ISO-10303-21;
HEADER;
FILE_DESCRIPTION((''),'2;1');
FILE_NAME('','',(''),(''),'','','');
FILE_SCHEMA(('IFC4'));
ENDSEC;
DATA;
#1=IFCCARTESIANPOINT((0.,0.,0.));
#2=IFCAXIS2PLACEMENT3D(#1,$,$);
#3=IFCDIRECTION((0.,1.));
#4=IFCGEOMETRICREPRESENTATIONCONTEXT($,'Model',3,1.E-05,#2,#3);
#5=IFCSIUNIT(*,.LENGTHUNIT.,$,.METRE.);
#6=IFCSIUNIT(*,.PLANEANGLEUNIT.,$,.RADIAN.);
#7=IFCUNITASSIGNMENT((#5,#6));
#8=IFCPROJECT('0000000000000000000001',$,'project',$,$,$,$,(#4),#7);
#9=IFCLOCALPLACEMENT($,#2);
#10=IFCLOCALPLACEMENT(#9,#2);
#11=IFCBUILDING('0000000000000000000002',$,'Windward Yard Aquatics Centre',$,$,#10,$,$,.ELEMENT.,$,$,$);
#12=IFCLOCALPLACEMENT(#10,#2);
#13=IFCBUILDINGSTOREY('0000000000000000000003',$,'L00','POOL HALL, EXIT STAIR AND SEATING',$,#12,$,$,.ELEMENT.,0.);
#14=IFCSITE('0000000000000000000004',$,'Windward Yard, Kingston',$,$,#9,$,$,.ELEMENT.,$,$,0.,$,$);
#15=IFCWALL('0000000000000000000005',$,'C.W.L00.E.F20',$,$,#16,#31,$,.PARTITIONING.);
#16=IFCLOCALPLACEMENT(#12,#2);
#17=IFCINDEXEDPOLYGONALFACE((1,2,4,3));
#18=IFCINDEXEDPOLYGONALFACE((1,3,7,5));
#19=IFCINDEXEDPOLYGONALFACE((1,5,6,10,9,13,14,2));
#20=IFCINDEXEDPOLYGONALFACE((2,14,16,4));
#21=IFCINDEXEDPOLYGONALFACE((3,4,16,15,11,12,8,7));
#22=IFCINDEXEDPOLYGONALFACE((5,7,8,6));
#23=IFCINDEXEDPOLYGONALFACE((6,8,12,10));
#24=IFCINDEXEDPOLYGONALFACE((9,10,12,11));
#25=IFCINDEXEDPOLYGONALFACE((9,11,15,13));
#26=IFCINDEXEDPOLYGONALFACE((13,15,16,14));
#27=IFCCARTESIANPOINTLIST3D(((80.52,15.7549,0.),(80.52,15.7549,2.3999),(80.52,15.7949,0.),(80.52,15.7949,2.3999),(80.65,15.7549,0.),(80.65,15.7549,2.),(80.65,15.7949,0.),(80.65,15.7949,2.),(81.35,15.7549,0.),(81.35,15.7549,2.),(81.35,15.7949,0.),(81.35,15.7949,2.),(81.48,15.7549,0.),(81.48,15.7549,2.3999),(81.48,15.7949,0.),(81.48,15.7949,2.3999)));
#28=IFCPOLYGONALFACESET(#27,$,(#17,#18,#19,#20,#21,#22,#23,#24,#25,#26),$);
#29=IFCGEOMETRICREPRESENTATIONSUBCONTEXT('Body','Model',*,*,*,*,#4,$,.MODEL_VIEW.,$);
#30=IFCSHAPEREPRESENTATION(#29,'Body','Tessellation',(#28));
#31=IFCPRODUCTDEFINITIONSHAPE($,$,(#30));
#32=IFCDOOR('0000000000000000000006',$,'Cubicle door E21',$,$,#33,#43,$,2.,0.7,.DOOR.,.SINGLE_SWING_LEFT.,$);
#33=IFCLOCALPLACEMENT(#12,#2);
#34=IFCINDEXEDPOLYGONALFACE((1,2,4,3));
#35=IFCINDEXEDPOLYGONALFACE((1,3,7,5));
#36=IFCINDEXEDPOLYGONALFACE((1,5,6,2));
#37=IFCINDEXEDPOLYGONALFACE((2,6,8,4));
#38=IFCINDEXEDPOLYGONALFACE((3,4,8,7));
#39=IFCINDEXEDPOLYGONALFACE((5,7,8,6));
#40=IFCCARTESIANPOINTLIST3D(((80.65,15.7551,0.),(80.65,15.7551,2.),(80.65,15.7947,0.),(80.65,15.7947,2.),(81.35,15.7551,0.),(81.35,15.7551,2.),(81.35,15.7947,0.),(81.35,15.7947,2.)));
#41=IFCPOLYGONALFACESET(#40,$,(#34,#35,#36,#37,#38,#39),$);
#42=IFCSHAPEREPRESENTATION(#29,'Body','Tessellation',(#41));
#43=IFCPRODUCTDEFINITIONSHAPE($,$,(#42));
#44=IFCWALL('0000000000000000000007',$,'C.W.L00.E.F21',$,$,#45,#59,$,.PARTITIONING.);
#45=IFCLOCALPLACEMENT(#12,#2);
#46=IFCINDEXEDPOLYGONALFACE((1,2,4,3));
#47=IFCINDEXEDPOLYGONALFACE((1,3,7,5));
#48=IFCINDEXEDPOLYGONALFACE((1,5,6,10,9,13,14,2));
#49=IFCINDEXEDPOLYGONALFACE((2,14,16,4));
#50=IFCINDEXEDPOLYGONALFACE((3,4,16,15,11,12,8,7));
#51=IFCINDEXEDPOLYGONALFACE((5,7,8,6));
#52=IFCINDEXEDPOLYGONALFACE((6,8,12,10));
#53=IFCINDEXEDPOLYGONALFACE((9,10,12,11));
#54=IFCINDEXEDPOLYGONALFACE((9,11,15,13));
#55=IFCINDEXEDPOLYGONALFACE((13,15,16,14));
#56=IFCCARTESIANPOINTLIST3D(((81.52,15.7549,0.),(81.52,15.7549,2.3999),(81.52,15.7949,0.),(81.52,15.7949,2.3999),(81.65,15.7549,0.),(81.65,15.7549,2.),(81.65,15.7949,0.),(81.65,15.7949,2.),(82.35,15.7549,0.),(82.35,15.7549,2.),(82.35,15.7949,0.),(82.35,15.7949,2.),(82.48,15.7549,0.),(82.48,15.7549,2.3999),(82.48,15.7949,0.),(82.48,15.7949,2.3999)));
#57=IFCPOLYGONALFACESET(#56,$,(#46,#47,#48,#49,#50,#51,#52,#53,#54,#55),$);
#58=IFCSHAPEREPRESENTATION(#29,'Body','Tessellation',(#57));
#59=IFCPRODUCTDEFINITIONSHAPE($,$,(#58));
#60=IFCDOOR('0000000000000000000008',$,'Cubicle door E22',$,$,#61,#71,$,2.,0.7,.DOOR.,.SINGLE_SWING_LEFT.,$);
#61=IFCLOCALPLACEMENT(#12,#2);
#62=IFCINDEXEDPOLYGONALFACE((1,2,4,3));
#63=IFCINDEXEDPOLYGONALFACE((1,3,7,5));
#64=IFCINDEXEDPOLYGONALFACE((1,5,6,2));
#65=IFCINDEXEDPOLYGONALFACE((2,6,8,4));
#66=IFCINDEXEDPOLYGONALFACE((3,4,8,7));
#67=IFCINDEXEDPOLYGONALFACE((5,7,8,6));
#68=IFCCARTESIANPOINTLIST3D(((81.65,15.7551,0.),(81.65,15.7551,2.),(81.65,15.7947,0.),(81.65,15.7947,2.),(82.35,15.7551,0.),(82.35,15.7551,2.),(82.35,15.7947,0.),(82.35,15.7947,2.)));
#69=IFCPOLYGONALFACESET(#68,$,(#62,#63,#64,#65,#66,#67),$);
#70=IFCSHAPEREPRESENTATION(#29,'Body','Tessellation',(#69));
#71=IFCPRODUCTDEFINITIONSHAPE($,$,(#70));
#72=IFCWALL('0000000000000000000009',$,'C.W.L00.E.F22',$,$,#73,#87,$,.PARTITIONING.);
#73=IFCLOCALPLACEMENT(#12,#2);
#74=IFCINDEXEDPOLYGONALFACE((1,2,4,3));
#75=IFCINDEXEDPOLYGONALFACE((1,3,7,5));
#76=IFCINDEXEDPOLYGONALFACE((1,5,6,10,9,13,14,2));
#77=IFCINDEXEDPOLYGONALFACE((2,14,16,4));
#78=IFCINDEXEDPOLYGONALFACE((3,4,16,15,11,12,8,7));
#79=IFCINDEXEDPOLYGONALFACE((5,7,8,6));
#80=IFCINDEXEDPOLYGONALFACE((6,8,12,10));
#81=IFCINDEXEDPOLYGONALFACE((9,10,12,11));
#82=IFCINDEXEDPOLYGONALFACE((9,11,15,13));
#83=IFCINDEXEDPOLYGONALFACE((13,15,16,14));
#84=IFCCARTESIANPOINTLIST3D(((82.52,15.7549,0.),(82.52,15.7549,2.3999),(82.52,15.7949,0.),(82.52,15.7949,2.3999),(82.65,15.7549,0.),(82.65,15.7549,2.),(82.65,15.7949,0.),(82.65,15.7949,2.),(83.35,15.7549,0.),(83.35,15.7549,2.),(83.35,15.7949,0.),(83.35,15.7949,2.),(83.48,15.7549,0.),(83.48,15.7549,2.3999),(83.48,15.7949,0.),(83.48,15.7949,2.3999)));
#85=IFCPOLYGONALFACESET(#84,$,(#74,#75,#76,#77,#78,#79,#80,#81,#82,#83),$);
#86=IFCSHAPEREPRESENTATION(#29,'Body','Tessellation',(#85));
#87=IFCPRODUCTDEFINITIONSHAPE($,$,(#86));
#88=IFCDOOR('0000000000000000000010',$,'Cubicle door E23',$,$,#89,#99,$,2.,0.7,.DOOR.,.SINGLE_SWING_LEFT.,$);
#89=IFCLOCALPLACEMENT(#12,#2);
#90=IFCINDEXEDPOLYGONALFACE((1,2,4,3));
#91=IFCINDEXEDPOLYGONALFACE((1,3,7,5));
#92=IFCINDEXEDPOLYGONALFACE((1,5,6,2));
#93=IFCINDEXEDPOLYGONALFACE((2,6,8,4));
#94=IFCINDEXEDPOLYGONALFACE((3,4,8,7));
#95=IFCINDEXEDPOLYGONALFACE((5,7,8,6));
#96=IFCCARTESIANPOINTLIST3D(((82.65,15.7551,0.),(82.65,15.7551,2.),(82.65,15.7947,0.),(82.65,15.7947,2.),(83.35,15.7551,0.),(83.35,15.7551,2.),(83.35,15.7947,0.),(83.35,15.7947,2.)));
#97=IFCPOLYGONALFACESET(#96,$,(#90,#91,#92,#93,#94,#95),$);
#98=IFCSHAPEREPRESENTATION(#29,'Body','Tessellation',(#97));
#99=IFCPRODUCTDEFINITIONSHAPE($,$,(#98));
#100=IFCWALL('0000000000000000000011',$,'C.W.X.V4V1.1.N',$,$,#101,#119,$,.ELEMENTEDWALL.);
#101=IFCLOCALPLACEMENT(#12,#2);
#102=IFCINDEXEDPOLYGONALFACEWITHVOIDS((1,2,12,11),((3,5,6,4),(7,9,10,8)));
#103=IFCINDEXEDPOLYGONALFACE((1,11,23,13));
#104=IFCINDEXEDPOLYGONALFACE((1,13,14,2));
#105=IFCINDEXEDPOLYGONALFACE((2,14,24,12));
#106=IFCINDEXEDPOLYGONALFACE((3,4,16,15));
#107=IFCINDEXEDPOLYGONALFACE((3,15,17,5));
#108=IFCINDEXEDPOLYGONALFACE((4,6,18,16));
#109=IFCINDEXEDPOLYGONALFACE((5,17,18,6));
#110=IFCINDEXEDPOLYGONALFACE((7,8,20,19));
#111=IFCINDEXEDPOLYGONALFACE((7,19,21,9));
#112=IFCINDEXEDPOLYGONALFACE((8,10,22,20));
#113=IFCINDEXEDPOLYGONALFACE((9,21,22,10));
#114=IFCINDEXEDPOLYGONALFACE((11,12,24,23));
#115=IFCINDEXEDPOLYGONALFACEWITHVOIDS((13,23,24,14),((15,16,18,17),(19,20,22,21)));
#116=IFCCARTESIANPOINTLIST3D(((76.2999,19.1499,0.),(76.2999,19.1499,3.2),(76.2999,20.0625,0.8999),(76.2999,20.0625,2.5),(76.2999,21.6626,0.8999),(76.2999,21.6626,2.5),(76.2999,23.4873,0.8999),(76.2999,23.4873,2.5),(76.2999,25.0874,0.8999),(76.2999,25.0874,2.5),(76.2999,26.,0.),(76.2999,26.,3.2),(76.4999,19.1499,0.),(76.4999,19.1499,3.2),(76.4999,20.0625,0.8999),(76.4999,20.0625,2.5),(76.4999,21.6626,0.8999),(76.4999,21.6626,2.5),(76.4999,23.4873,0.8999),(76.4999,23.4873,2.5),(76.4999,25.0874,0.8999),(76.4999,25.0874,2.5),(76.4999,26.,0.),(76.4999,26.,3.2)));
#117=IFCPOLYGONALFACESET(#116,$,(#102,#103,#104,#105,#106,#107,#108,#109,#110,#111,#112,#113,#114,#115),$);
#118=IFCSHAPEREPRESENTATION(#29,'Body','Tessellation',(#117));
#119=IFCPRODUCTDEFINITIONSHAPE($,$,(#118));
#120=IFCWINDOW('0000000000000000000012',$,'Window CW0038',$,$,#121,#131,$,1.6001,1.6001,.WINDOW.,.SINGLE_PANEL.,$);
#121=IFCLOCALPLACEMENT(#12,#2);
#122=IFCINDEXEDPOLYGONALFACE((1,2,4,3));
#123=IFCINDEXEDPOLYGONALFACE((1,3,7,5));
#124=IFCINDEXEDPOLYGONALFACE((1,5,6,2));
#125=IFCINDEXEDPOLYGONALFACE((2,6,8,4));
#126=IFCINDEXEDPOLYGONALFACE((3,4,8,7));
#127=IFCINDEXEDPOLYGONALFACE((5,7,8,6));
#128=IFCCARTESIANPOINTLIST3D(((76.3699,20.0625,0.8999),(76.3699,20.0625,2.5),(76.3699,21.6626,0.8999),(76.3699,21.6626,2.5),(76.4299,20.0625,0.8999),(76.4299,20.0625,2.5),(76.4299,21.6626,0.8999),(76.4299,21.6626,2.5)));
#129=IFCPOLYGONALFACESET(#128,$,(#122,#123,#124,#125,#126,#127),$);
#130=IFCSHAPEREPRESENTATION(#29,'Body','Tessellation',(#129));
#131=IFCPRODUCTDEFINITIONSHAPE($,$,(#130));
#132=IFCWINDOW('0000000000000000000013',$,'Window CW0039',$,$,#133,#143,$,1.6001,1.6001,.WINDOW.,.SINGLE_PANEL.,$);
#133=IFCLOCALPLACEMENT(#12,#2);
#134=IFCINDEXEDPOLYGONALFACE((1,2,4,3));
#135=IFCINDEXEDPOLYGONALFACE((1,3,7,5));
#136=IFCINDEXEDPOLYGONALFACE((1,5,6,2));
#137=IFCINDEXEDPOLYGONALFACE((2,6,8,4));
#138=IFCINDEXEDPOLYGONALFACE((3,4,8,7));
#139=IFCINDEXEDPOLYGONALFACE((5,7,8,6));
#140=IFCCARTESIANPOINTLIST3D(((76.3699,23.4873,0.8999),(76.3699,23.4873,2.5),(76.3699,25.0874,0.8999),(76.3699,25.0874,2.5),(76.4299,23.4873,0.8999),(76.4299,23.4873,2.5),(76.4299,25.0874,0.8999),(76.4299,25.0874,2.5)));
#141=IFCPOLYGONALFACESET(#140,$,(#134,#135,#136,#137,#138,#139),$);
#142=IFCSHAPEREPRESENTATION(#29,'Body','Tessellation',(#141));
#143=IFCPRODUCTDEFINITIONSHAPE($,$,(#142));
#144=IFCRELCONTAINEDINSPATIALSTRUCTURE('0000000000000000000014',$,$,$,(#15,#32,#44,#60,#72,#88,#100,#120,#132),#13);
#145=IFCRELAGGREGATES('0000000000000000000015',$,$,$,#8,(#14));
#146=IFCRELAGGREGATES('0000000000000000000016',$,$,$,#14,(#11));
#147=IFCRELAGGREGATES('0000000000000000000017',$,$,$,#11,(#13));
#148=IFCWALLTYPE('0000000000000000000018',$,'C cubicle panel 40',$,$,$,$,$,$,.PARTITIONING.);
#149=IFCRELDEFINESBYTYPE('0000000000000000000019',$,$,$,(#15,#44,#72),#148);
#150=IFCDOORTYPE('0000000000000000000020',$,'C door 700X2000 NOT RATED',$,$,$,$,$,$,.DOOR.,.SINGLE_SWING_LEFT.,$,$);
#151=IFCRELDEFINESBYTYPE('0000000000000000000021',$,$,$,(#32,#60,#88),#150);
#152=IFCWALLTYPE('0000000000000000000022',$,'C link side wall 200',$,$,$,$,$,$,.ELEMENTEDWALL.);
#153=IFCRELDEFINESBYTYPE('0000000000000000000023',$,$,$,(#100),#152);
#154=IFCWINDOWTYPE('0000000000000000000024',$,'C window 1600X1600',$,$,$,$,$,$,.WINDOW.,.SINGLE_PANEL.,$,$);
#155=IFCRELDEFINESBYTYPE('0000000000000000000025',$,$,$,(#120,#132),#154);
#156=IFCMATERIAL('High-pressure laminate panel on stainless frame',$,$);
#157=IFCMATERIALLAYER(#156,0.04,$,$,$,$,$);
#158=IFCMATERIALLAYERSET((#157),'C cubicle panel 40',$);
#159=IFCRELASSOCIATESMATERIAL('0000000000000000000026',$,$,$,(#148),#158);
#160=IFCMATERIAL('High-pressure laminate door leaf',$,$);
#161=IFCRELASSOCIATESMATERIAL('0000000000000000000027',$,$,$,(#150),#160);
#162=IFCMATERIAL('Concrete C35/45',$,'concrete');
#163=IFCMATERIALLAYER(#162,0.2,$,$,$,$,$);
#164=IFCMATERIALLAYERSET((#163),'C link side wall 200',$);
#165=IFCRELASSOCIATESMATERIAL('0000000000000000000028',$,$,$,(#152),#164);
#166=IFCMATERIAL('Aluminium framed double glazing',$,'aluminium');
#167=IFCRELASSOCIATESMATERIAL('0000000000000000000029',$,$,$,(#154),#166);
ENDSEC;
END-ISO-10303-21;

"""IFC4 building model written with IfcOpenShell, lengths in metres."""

from ifc_helpers import new_model, si_unit, direction, frame, frame_2d, origin, place, context, subcontext, project, spatial, rectangle, extrude, material, layer, layer_set, type_object, element, fill, save


model = new_model("IFC4")

# Units and contexts
model_context = context("Model", 3, precision=1e-05, world=origin(), true_north=direction((0.0, 1.0)))
body_context = subcontext(model_context, "Body", "Model", "MODEL_VIEW")
ifc_project = project(units=[si_unit("LENGTHUNIT", "METRE"), si_unit("PLANEANGLEUNIT", "RADIAN")], contexts=[model_context])

# Site, building, storey
site_placement = place(None, origin())
site = spatial("IfcSite", under=ifc_project, at=site_placement, Name="Windward Yard, Kingston", CompositionType="ELEMENT", RefElevation=0.0)
building_placement = place(site_placement, origin())
building = spatial("IfcBuilding", under=site, at=building_placement, Name="Windward Yard Aquatics Centre", CompositionType="ELEMENT")
storey_placement = place(building_placement, origin())
storey = spatial("IfcBuildingStorey", under=building, at=storey_placement, Name="L00", Description="POOL HALL, EXIT STAIR AND SEATING", CompositionType="ELEMENT", Elevation=0.0)

# Shared definitions
ifc_material_1 = material(Name="Concrete C35/45", Category="concrete")

# Walls, openings, doors
ifc_material_2 = material(Name="High-pressure laminate panel on stainless frame")
ifc_layer_1 = layer(ifc_material_2, 0.04)
ifc_layer_set_1 = layer_set([ifc_layer_1], Name="C cubicle panel 40")
wall_type_1 = type_object("IfcWallType", Name="C cubicle panel 40", PredefinedType="PARTITIONING", material=ifc_layer_set_1)
ifc_material_3 = material(Name="High-pressure laminate door leaf")
door_type_1 = type_object("IfcDoorType", Name="C door 700X2000 NOT RATED", OperationType="SINGLE_SWING_LEFT", PredefinedType="DOOR", material=ifc_material_3)
wall_1_placement = place(storey_placement, frame((80.52, 15.7749, 0.0), z_axis=(0.0, 0.0, 1.0), x_axis=(1.0, 0.0, 0.0)))
wall_1 = element("IfcWall", 1, at=wall_1_placement, inside=storey, type_object=wall_type_1, Name="C.W.L00.E.F20", PredefinedType="PARTITIONING", context=body_context, shape_type="SweptSolid", body=[
    extrude(rectangle(XDim=0.96, YDim=0.04, at=frame_2d((0.48, 0.0))), origin(), (0.0, 0.0, 1.0), 2.3999),
])
opening_1_placement = place(wall_1_placement, frame((0.1299, 0.0, 0.0)))
opening_1 = element("IfcOpeningElement", 2, at=opening_1_placement, cuts=wall_1, PredefinedType="OPENING", context=body_context, shape_type="SweptSolid", body=[
    extrude(rectangle(XDim=0.7, YDim=2.0, at=frame_2d((0.3501, 1.0))), frame((0.0, 0.03, 0.0), z_axis=(0.0, -1.0, 0.0), x_axis=(1.0, 0.0, 0.0)), (0.0, 0.0, 1.0), 0.0601),
])
door_1_placement = place(opening_1_placement, origin())
door_1 = element("IfcDoor", 3, at=door_1_placement, inside=storey, type_object=door_type_1, Name="Cubicle door E21", OperationType="SINGLE_SWING_LEFT", OverallHeight=2.0, OverallWidth=0.7, PredefinedType="DOOR", context=body_context, shape_type="SweptSolid", body=[
    extrude(rectangle(XDim=0.7, YDim=2.0, at=frame_2d((0.3501, 1.0))), frame((0.0, 0.0198, 0.0), z_axis=(0.0, -1.0, 0.0), x_axis=(1.0, 0.0, 0.0)), (0.0, 0.0, 1.0), 0.0396),
])
fill(opening_1, door_1)
wall_2_placement = place(storey_placement, frame((81.52, 15.7749, 0.0), z_axis=(0.0, 0.0, 1.0), x_axis=(1.0, 0.0, 0.0)))
wall_2 = element("IfcWall", 4, at=wall_2_placement, inside=storey, type_object=wall_type_1, Name="C.W.L00.E.F21", PredefinedType="PARTITIONING", context=body_context, shape_type="SweptSolid", body=[
    extrude(rectangle(XDim=0.96, YDim=0.04, at=frame_2d((0.48, 0.0))), origin(), (0.0, 0.0, 1.0), 2.3999),
])
opening_2_placement = place(wall_2_placement, frame((0.1299, 0.0, 0.0)))
opening_2 = element("IfcOpeningElement", 5, at=opening_2_placement, cuts=wall_2, PredefinedType="OPENING", context=body_context, shape_type="SweptSolid", body=[
    extrude(rectangle(XDim=0.7, YDim=2.0, at=frame_2d((0.3501, 1.0))), frame((0.0, 0.03, 0.0), z_axis=(0.0, -1.0, 0.0), x_axis=(1.0, 0.0, 0.0)), (0.0, 0.0, 1.0), 0.0601),
])
door_2_placement = place(opening_2_placement, origin())
door_2 = element("IfcDoor", 6, at=door_2_placement, inside=storey, type_object=door_type_1, Name="Cubicle door E22", OperationType="SINGLE_SWING_LEFT", OverallHeight=2.0, OverallWidth=0.7, PredefinedType="DOOR", context=body_context, shape_type="SweptSolid", body=[
    extrude(rectangle(XDim=0.7, YDim=2.0, at=frame_2d((0.3501, 1.0))), frame((0.0, 0.0198, 0.0), z_axis=(0.0, -1.0, 0.0), x_axis=(1.0, 0.0, 0.0)), (0.0, 0.0, 1.0), 0.0396),
])
fill(opening_2, door_2)
wall_3_placement = place(storey_placement, frame((82.52, 15.7749, 0.0), z_axis=(0.0, 0.0, 1.0), x_axis=(1.0, 0.0, 0.0)))
wall_3 = element("IfcWall", 7, at=wall_3_placement, inside=storey, type_object=wall_type_1, Name="C.W.L00.E.F22", PredefinedType="PARTITIONING", context=body_context, shape_type="SweptSolid", body=[
    extrude(rectangle(XDim=0.96, YDim=0.04, at=frame_2d((0.48, 0.0))), origin(), (0.0, 0.0, 1.0), 2.3999),
])
opening_3_placement = place(wall_3_placement, frame((0.1299, 0.0, 0.0)))
opening_3 = element("IfcOpeningElement", 8, at=opening_3_placement, cuts=wall_3, PredefinedType="OPENING", context=body_context, shape_type="SweptSolid", body=[
    extrude(rectangle(XDim=0.7, YDim=2.0, at=frame_2d((0.3501, 1.0))), frame((0.0, 0.03, 0.0), z_axis=(0.0, -1.0, 0.0), x_axis=(1.0, 0.0, 0.0)), (0.0, 0.0, 1.0), 0.0601),
])
door_3_placement = place(opening_3_placement, origin())
door_3 = element("IfcDoor", 9, at=door_3_placement, inside=storey, type_object=door_type_1, Name="Cubicle door E23", OperationType="SINGLE_SWING_LEFT", OverallHeight=2.0, OverallWidth=0.7, PredefinedType="DOOR", context=body_context, shape_type="SweptSolid", body=[
    extrude(rectangle(XDim=0.7, YDim=2.0, at=frame_2d((0.3501, 1.0))), frame((0.0, 0.0198, 0.0), z_axis=(0.0, -1.0, 0.0), x_axis=(1.0, 0.0, 0.0)), (0.0, 0.0, 1.0), 0.0396),
])
fill(opening_3, door_3)

# Wall, openings, windows
ifc_layer_2 = layer(ifc_material_1, 0.2)
ifc_layer_set_2 = layer_set([ifc_layer_2], Name="C link side wall 200")
wall_type_2 = type_object("IfcWallType", Name="C link side wall 200", PredefinedType="ELEMENTEDWALL", material=ifc_layer_set_2)
wall_4_placement = place(storey_placement, frame((76.3999, 19.1499, 0.0), z_axis=(0.0, 0.0, 1.0), x_axis=(0.0, 1.0, 0.0)))
wall_4 = element("IfcWall", 10, at=wall_4_placement, inside=storey, type_object=wall_type_2, Name="C.W.X.V4V1.1.N", PredefinedType="ELEMENTEDWALL", context=body_context, shape_type="SweptSolid", body=[
    extrude(rectangle(XDim=6.8501, YDim=0.2, at=frame_2d((3.425, 0.0))), origin(), (0.0, 0.0, 1.0), 3.2),
])
opening_4_placement = place(wall_4_placement, frame((0.9126, 0.0, 0.8999)))
opening_4 = element("IfcOpeningElement", 11, at=opening_4_placement, cuts=wall_4, PredefinedType="OPENING", context=body_context, shape_type="SweptSolid", body=[
    extrude(rectangle(XDim=1.6001, YDim=1.6001, at=frame_2d((0.8, 0.8))), frame((0.0, 0.1099, 0.0), z_axis=(0.0, -1.0, 0.0), x_axis=(1.0, 0.0, 0.0)), (0.0, 0.0, 1.0), 0.22),
])
opening_5_placement = place(wall_4_placement, frame((4.3374, 0.0, 0.8999)))
opening_5 = element("IfcOpeningElement", 12, at=opening_5_placement, cuts=wall_4, PredefinedType="OPENING", context=body_context, shape_type="SweptSolid", body=[
    extrude(rectangle(XDim=1.6001, YDim=1.6001, at=frame_2d((0.8, 0.8))), frame((0.0, 0.1099, 0.0), z_axis=(0.0, -1.0, 0.0), x_axis=(1.0, 0.0, 0.0)), (0.0, 0.0, 1.0), 0.22),
])
ifc_material_4 = material(Name="Aluminium framed double glazing", Category="aluminium")
window_type_1 = type_object("IfcWindowType", Name="C window 1600X1600", PartitioningType="SINGLE_PANEL", PredefinedType="WINDOW", material=ifc_material_4)
window_1_placement = place(opening_4_placement, origin())
window_1 = element("IfcWindow", 13, at=window_1_placement, inside=storey, type_object=window_type_1, Name="Window CW0038", OverallHeight=1.6001, OverallWidth=1.6001, PartitioningType="SINGLE_PANEL", PredefinedType="WINDOW", context=body_context, shape_type="SweptSolid", body=[
    extrude(rectangle(XDim=1.6001, YDim=1.6001, at=frame_2d((0.8, 0.8))), frame((0.0, 0.03, 0.0), z_axis=(0.0, -1.0, 0.0), x_axis=(1.0, 0.0, 0.0)), (0.0, 0.0, 1.0), 0.0601),
])
fill(opening_4, window_1)
window_2_placement = place(opening_5_placement, origin())
window_2 = element("IfcWindow", 14, at=window_2_placement, inside=storey, type_object=window_type_1, Name="Window CW0039", OverallHeight=1.6001, OverallWidth=1.6001, PartitioningType="SINGLE_PANEL", PredefinedType="WINDOW", context=body_context, shape_type="SweptSolid", body=[
    extrude(rectangle(XDim=1.6001, YDim=1.6001, at=frame_2d((0.8, 0.8))), frame((0.0, 0.03, 0.0), z_axis=(0.0, -1.0, 0.0), x_axis=(1.0, 0.0, 0.0)), (0.0, 0.0, 1.0), 0.0601),
])
fill(opening_5, window_2)

save(model, "model.ifc")
